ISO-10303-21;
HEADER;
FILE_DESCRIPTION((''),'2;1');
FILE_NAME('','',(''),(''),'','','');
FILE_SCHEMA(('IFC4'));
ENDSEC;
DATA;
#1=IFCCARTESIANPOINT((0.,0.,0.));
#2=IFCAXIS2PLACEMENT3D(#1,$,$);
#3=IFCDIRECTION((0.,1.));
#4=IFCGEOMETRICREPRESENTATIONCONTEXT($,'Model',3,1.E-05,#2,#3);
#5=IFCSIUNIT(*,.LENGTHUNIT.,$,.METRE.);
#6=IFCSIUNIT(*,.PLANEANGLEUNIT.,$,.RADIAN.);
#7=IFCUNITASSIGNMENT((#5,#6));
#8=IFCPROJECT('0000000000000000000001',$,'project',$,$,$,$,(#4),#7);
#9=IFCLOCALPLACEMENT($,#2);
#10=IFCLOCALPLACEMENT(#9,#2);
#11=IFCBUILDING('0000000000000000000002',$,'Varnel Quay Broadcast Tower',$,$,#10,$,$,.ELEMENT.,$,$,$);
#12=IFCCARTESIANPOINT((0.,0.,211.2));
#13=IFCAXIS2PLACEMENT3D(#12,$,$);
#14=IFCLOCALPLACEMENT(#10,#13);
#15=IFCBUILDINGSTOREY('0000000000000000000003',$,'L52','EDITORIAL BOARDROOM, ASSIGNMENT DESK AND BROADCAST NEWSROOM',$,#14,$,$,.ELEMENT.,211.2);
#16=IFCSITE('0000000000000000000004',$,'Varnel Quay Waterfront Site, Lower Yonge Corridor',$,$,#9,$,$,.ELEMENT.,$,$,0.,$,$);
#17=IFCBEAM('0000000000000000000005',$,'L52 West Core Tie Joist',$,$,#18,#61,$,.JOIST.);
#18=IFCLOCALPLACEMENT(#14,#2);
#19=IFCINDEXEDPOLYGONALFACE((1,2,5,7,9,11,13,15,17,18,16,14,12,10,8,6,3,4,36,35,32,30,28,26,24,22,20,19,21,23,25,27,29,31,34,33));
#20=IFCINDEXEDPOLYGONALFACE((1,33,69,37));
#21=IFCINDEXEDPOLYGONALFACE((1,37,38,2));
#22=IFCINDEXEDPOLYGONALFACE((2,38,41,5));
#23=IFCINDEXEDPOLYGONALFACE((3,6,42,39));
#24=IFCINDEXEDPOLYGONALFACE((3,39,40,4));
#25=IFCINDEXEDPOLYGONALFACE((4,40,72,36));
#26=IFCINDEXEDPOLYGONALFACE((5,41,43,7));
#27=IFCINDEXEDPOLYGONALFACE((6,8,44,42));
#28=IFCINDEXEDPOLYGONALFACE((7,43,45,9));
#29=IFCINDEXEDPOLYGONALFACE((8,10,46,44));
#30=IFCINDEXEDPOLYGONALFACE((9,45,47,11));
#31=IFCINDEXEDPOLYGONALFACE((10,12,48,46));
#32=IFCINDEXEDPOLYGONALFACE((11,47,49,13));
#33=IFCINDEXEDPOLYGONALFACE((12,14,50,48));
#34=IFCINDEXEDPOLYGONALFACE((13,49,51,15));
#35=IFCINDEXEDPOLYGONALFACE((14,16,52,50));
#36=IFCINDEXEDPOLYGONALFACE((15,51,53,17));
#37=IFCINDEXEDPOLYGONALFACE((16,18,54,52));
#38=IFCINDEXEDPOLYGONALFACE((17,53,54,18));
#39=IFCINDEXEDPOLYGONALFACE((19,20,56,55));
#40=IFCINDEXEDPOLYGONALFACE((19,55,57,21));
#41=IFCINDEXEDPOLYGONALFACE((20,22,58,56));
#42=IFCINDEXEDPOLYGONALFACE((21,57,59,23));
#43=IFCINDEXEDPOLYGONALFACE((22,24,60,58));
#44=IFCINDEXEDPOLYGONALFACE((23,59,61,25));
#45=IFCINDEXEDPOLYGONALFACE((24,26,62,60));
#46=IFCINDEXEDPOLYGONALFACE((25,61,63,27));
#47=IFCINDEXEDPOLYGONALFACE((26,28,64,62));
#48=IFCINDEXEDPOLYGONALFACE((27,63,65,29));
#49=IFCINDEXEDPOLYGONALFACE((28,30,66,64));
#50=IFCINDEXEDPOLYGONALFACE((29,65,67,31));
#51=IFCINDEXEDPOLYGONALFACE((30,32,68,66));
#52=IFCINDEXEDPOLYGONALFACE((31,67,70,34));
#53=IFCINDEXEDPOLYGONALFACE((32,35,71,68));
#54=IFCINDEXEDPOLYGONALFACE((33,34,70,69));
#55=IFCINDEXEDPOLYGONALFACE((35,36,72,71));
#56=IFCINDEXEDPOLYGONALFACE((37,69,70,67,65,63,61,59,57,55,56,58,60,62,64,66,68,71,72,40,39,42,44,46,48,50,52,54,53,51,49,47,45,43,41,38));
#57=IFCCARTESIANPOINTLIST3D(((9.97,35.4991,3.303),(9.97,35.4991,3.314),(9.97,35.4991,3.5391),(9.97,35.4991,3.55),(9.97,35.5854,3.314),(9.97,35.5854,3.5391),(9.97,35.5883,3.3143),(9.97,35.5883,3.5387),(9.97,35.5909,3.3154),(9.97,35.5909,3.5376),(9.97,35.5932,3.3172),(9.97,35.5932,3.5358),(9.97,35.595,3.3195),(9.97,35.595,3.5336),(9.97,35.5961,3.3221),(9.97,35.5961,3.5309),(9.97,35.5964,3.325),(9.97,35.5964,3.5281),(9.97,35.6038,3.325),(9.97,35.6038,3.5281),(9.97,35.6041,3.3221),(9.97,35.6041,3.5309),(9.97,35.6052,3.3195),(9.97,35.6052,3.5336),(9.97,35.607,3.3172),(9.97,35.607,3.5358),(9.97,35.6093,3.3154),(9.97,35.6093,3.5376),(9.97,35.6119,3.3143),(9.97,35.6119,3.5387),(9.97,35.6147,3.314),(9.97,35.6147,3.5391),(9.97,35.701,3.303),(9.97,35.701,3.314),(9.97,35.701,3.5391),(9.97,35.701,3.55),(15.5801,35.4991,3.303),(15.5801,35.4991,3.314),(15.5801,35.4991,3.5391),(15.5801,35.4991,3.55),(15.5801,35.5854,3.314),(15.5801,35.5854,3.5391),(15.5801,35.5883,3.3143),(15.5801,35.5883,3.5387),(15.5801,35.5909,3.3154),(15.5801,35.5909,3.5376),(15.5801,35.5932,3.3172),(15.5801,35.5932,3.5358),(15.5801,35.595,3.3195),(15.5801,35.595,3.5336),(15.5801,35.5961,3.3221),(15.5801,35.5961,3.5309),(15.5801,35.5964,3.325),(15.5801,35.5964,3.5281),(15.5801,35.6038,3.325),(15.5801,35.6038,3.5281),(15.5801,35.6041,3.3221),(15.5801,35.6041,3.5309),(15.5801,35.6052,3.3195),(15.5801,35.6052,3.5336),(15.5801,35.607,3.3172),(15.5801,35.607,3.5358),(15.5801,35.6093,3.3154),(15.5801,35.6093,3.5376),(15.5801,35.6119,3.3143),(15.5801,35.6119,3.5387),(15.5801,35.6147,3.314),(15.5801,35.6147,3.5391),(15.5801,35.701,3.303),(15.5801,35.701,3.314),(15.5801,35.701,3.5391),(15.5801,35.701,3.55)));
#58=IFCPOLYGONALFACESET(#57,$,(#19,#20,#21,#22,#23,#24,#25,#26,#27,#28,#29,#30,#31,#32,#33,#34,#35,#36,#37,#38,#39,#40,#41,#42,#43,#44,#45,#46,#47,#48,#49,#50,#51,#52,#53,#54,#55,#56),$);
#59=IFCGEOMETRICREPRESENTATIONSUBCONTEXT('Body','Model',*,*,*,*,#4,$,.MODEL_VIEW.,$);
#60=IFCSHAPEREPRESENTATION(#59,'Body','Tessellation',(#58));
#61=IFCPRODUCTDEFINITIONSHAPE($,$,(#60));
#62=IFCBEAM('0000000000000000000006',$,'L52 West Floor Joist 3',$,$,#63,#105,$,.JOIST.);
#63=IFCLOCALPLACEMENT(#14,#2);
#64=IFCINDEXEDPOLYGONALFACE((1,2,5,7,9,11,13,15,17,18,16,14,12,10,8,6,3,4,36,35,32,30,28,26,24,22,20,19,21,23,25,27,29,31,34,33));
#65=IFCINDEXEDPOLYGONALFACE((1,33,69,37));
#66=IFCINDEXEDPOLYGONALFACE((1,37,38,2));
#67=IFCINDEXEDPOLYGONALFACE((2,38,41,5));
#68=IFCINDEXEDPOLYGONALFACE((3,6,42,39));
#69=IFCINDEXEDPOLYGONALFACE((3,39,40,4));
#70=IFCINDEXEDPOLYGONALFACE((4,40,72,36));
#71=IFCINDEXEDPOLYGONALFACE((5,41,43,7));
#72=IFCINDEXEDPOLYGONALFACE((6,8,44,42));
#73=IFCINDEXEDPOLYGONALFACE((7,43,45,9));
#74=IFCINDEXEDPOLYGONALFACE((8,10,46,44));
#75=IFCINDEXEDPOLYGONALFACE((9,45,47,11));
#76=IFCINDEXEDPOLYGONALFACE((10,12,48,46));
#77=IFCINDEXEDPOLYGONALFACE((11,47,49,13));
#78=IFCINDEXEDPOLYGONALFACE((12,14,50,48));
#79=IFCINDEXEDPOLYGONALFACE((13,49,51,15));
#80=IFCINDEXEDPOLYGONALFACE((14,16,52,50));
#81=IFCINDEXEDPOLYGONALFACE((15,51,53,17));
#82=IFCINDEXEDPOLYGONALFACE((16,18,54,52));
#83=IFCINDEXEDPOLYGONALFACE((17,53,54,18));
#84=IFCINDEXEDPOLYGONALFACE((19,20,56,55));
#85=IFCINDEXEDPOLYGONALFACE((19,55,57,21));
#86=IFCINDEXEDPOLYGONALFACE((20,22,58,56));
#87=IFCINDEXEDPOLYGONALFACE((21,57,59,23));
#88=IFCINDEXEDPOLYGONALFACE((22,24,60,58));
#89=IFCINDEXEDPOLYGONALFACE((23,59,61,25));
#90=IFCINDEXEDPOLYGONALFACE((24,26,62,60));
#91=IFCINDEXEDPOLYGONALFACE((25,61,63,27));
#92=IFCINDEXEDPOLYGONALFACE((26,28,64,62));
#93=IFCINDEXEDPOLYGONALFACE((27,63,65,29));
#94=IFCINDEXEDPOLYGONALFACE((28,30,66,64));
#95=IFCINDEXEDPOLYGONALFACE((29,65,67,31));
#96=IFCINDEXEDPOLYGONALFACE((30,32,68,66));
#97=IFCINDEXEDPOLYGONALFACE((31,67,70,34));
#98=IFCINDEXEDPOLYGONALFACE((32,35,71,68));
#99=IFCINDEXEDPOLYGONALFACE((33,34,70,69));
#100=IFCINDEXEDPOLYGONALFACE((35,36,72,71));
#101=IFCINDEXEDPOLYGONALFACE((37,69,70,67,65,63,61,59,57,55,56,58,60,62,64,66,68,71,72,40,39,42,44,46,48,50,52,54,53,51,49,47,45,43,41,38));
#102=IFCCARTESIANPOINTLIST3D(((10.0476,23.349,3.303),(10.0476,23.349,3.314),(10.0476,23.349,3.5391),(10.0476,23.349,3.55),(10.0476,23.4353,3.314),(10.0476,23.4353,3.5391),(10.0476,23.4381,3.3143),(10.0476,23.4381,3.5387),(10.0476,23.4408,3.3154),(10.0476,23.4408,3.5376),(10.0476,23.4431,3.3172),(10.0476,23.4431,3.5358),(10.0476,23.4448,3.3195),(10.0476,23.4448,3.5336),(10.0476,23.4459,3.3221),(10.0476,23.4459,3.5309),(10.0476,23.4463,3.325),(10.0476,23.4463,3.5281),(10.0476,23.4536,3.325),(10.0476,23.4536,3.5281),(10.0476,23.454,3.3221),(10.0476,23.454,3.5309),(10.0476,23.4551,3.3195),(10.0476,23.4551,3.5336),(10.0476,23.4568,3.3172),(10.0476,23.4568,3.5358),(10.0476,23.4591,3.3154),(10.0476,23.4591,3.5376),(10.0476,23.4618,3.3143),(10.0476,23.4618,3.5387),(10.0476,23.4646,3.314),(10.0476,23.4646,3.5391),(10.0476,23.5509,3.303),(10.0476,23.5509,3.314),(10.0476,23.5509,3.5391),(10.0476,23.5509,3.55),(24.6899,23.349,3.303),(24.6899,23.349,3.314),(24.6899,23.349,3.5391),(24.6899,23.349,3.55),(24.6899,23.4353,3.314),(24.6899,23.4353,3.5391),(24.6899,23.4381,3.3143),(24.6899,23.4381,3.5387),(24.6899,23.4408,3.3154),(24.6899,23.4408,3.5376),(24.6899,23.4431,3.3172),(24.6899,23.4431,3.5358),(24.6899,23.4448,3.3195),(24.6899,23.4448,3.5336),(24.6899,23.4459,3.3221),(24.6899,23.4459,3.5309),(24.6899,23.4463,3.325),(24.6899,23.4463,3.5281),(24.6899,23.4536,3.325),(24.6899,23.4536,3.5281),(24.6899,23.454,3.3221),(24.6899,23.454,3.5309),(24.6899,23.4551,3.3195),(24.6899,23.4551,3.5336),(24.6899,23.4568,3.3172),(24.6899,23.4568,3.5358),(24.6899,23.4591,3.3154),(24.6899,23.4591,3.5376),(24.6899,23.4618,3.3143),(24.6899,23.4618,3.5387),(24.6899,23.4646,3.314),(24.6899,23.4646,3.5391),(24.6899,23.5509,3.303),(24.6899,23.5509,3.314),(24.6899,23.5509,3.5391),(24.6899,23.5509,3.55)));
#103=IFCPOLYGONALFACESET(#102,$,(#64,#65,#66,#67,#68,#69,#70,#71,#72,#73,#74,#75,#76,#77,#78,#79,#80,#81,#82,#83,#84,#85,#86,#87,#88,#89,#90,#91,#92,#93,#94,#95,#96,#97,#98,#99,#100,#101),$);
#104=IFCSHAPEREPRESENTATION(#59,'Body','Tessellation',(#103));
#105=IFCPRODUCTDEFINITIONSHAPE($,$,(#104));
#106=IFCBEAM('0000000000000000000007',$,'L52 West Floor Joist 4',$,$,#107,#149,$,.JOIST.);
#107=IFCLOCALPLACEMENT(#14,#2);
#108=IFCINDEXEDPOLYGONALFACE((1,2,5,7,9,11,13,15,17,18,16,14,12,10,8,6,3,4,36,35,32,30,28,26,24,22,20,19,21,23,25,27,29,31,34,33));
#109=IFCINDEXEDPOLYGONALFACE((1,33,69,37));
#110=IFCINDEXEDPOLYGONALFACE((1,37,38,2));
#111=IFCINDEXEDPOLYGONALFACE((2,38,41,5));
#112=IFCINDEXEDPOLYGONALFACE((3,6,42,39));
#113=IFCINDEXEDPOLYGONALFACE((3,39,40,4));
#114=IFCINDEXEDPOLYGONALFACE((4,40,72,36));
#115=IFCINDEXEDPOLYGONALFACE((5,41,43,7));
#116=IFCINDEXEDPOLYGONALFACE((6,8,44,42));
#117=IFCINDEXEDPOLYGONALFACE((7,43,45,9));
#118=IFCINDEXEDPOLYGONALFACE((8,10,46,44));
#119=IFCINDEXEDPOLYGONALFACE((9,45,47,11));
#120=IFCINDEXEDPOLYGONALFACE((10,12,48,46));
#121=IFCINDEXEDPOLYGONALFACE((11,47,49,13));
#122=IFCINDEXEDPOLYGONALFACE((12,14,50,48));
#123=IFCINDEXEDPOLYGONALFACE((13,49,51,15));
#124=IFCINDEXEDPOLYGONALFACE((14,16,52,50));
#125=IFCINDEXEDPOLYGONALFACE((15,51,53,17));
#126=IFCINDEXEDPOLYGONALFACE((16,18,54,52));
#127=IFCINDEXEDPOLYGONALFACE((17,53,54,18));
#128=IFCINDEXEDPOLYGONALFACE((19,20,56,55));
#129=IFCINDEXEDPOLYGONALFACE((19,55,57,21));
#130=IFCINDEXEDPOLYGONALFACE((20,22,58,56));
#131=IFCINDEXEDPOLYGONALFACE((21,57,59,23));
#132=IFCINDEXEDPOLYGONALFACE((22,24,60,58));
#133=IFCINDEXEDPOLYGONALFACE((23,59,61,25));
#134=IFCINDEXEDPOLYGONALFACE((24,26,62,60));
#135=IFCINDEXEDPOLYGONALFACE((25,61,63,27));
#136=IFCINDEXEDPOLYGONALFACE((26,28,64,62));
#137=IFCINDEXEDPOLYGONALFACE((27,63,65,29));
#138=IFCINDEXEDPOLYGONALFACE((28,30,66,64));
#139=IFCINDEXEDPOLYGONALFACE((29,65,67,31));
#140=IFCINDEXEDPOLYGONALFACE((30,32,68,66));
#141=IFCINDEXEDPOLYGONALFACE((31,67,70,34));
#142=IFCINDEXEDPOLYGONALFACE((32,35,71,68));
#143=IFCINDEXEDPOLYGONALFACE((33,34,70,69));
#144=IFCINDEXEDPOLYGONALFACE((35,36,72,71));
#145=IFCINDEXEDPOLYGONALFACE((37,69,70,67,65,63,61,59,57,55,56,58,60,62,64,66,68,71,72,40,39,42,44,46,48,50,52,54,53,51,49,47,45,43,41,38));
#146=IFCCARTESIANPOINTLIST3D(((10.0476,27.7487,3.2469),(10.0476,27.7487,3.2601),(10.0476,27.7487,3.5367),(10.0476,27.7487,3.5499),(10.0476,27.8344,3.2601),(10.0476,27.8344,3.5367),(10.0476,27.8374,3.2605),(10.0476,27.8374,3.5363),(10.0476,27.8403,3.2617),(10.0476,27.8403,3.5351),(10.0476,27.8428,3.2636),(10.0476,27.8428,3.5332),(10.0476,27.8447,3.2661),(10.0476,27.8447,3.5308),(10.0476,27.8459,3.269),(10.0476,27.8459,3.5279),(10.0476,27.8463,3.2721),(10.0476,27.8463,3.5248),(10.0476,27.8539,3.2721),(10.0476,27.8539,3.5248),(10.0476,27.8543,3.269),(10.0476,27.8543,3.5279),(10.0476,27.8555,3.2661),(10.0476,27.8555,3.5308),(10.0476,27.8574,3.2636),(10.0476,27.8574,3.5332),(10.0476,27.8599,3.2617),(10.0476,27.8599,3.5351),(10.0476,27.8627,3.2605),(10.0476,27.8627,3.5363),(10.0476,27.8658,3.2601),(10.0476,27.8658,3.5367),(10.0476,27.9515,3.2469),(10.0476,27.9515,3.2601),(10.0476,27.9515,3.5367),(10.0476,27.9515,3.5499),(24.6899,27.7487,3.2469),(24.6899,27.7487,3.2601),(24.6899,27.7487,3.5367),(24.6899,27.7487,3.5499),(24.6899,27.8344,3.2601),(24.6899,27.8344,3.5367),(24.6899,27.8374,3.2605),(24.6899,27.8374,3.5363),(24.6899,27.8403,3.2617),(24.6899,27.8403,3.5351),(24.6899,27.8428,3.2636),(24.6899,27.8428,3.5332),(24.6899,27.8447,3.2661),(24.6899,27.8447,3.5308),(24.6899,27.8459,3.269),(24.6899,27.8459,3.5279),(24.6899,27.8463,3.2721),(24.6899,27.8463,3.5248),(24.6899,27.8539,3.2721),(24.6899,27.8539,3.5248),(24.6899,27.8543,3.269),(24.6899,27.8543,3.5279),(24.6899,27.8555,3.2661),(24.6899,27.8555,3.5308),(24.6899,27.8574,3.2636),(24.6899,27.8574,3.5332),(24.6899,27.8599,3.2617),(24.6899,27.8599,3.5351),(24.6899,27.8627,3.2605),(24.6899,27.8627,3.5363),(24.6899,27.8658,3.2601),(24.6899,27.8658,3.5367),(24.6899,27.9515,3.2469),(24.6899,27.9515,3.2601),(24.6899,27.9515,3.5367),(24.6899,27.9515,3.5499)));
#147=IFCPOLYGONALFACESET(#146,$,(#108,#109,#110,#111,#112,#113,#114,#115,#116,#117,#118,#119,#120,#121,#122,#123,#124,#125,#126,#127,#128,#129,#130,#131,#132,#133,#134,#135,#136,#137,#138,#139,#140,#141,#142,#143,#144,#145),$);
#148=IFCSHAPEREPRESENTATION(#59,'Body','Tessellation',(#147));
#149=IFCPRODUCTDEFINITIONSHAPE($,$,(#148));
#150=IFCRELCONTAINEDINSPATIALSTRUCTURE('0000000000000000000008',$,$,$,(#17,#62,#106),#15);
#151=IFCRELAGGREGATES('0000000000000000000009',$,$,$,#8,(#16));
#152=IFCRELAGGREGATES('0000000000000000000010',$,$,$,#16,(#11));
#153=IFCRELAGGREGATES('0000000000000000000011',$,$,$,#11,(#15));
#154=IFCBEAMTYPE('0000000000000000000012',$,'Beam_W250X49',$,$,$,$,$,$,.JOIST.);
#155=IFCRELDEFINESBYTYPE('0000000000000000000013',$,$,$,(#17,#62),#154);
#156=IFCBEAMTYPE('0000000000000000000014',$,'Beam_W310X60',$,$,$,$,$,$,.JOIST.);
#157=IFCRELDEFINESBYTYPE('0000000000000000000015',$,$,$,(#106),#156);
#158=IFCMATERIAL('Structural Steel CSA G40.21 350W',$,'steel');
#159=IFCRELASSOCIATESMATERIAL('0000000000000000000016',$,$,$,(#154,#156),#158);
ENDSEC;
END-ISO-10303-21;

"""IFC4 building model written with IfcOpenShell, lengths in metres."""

from ifc_helpers import new_model, si_unit, direction, frame, origin, origin_2d, place, context, subcontext, project, spatial, i_section, extrude, source, transform, mapped, material, material_profile, profile_set, type_object, type_shapes, element, save


model = new_model("IFC4")

# Units and contexts
model_context = context("Model", 3, precision=1e-05, world=origin(), true_north=direction((0.0, 1.0)))
body_context = subcontext(model_context, "Body", "Model", "MODEL_VIEW")
ifc_project = project(units=[si_unit("LENGTHUNIT", "METRE"), si_unit("PLANEANGLEUNIT", "RADIAN")], contexts=[model_context])

# Site, building, storey
site_placement = place(None, origin())
site = spatial("IfcSite", under=ifc_project, at=site_placement, Name="Varnel Quay Waterfront Site, Lower Yonge Corridor", CompositionType="ELEMENT", RefElevation=0.0)
building_placement = place(site_placement, origin())
building = spatial("IfcBuilding", under=site, at=building_placement, Name="Varnel Quay Broadcast Tower", CompositionType="ELEMENT")
storey_placement = place(building_placement, frame((0.0, 0.0, 211.2)))
storey = spatial("IfcBuildingStorey", under=building, at=storey_placement, Name="L52", Description="EDITORIAL BOARDROOM, ASSIGNMENT DESK AND BROADCAST NEWSROOM", CompositionType="ELEMENT", Elevation=211.2)

# Shared definitions
ifc_material_1 = material(Name="Structural Steel CSA G40.21 350W", Category="steel")

# Beams
ifc_material_profile_1 = material_profile(ifc_material_1, i_section(OverallWidth=0.2019, OverallDepth=0.2471, WebThickness=0.0073, FlangeThickness=0.011, FilletRadius=0.011, at=origin_2d()), Name="W250X49")
ifc_profile_set_1 = profile_set([ifc_material_profile_1], Name="Structural Steel CSA G40.21 350W")
beam_type_1 = type_object("IfcBeamType", Name="Beam_W250X49", PredefinedType="JOIST", material=ifc_profile_set_1)
shared_shape_1 = source(origin(), body_context, "Body", "SweptSolid", [
    extrude(i_section(OverallWidth=0.2019, OverallDepth=0.2471, WebThickness=0.0073, FlangeThickness=0.011, FilletRadius=0.011, at=origin_2d()), origin(), (0.0, 0.0, 1.0), 5.6101),
])
beam_1_placement = place(storey_placement, frame((9.97, 35.6001, 3.4265), z_axis=(1.0, 0.0, 0.0), x_axis=(0.0, 1.0, 0.0)))
element("IfcBeam", 1, at=beam_1_placement, inside=storey, type_object=beam_type_1, Name="L52 West Core Tie Joist", PredefinedType="JOIST", context=body_context, shape_type="MappedRepresentation", body=[
    mapped(shared_shape_1, transform((0.0, 0.0, 0.0), x_axis=(1.0, 0.0, 0.0), y_axis=(0.0, 1.0, 0.0), z_axis=(0.0, 0.0, 1.0), scale=1.0)),
])
shared_shape_2 = source(origin(), body_context, "Body", "SweptSolid", [
    extrude(i_section(OverallWidth=0.2019, OverallDepth=0.2471, WebThickness=0.0073, FlangeThickness=0.011, FilletRadius=0.011, at=origin_2d()), origin(), (0.0, 0.0, 1.0), 14.6423),
])
type_shapes(beam_type_1, [shared_shape_1, shared_shape_2])
beam_2_placement = place(storey_placement, frame((10.0476, 23.45, 3.4265), z_axis=(1.0, 0.0, 0.0), x_axis=(0.0, 1.0, 0.0)))
element("IfcBeam", 2, at=beam_2_placement, inside=storey, type_object=beam_type_1, Name="L52 West Floor Joist 3", PredefinedType="JOIST", context=body_context, shape_type="MappedRepresentation", body=[
    mapped(shared_shape_2, transform((0.0, 0.0, 0.0), x_axis=(1.0, 0.0, 0.0), y_axis=(0.0, 1.0, 0.0), z_axis=(0.0, 0.0, 1.0), scale=1.0)),
])
ifc_material_profile_2 = material_profile(ifc_material_1, i_section(OverallWidth=0.2029, OverallDepth=0.303, WebThickness=0.0076, FlangeThickness=0.0132, FilletRadius=0.012, at=origin_2d()), Name="W310X60")
ifc_profile_set_2 = profile_set([ifc_material_profile_2], Name="Structural Steel CSA G40.21 350W")
beam_type_2 = type_object("IfcBeamType", Name="Beam_W310X60", PredefinedType="JOIST", material=ifc_profile_set_2)
shared_shape_3 = source(origin(), body_context, "Body", "SweptSolid", [
    extrude(i_section(OverallWidth=0.2029, OverallDepth=0.303, WebThickness=0.0076, FlangeThickness=0.0132, FilletRadius=0.012, at=origin_2d()), origin(), (0.0, 0.0, 1.0), 14.6423),
])
beam_3_placement = place(storey_placement, frame((10.0476, 27.8501, 3.3984), z_axis=(1.0, 0.0, 0.0), x_axis=(0.0, 1.0, 0.0)))
element("IfcBeam", 3, at=beam_3_placement, inside=storey, type_object=beam_type_2, Name="L52 West Floor Joist 4", PredefinedType="JOIST", context=body_context, shape_type="MappedRepresentation", body=[
    mapped(shared_shape_3, transform((0.0, 0.0, 0.0), x_axis=(1.0, 0.0, 0.0), y_axis=(0.0, 1.0, 0.0), z_axis=(0.0, 0.0, 1.0), scale=1.0)),
])

save(model, "model.ifc")
